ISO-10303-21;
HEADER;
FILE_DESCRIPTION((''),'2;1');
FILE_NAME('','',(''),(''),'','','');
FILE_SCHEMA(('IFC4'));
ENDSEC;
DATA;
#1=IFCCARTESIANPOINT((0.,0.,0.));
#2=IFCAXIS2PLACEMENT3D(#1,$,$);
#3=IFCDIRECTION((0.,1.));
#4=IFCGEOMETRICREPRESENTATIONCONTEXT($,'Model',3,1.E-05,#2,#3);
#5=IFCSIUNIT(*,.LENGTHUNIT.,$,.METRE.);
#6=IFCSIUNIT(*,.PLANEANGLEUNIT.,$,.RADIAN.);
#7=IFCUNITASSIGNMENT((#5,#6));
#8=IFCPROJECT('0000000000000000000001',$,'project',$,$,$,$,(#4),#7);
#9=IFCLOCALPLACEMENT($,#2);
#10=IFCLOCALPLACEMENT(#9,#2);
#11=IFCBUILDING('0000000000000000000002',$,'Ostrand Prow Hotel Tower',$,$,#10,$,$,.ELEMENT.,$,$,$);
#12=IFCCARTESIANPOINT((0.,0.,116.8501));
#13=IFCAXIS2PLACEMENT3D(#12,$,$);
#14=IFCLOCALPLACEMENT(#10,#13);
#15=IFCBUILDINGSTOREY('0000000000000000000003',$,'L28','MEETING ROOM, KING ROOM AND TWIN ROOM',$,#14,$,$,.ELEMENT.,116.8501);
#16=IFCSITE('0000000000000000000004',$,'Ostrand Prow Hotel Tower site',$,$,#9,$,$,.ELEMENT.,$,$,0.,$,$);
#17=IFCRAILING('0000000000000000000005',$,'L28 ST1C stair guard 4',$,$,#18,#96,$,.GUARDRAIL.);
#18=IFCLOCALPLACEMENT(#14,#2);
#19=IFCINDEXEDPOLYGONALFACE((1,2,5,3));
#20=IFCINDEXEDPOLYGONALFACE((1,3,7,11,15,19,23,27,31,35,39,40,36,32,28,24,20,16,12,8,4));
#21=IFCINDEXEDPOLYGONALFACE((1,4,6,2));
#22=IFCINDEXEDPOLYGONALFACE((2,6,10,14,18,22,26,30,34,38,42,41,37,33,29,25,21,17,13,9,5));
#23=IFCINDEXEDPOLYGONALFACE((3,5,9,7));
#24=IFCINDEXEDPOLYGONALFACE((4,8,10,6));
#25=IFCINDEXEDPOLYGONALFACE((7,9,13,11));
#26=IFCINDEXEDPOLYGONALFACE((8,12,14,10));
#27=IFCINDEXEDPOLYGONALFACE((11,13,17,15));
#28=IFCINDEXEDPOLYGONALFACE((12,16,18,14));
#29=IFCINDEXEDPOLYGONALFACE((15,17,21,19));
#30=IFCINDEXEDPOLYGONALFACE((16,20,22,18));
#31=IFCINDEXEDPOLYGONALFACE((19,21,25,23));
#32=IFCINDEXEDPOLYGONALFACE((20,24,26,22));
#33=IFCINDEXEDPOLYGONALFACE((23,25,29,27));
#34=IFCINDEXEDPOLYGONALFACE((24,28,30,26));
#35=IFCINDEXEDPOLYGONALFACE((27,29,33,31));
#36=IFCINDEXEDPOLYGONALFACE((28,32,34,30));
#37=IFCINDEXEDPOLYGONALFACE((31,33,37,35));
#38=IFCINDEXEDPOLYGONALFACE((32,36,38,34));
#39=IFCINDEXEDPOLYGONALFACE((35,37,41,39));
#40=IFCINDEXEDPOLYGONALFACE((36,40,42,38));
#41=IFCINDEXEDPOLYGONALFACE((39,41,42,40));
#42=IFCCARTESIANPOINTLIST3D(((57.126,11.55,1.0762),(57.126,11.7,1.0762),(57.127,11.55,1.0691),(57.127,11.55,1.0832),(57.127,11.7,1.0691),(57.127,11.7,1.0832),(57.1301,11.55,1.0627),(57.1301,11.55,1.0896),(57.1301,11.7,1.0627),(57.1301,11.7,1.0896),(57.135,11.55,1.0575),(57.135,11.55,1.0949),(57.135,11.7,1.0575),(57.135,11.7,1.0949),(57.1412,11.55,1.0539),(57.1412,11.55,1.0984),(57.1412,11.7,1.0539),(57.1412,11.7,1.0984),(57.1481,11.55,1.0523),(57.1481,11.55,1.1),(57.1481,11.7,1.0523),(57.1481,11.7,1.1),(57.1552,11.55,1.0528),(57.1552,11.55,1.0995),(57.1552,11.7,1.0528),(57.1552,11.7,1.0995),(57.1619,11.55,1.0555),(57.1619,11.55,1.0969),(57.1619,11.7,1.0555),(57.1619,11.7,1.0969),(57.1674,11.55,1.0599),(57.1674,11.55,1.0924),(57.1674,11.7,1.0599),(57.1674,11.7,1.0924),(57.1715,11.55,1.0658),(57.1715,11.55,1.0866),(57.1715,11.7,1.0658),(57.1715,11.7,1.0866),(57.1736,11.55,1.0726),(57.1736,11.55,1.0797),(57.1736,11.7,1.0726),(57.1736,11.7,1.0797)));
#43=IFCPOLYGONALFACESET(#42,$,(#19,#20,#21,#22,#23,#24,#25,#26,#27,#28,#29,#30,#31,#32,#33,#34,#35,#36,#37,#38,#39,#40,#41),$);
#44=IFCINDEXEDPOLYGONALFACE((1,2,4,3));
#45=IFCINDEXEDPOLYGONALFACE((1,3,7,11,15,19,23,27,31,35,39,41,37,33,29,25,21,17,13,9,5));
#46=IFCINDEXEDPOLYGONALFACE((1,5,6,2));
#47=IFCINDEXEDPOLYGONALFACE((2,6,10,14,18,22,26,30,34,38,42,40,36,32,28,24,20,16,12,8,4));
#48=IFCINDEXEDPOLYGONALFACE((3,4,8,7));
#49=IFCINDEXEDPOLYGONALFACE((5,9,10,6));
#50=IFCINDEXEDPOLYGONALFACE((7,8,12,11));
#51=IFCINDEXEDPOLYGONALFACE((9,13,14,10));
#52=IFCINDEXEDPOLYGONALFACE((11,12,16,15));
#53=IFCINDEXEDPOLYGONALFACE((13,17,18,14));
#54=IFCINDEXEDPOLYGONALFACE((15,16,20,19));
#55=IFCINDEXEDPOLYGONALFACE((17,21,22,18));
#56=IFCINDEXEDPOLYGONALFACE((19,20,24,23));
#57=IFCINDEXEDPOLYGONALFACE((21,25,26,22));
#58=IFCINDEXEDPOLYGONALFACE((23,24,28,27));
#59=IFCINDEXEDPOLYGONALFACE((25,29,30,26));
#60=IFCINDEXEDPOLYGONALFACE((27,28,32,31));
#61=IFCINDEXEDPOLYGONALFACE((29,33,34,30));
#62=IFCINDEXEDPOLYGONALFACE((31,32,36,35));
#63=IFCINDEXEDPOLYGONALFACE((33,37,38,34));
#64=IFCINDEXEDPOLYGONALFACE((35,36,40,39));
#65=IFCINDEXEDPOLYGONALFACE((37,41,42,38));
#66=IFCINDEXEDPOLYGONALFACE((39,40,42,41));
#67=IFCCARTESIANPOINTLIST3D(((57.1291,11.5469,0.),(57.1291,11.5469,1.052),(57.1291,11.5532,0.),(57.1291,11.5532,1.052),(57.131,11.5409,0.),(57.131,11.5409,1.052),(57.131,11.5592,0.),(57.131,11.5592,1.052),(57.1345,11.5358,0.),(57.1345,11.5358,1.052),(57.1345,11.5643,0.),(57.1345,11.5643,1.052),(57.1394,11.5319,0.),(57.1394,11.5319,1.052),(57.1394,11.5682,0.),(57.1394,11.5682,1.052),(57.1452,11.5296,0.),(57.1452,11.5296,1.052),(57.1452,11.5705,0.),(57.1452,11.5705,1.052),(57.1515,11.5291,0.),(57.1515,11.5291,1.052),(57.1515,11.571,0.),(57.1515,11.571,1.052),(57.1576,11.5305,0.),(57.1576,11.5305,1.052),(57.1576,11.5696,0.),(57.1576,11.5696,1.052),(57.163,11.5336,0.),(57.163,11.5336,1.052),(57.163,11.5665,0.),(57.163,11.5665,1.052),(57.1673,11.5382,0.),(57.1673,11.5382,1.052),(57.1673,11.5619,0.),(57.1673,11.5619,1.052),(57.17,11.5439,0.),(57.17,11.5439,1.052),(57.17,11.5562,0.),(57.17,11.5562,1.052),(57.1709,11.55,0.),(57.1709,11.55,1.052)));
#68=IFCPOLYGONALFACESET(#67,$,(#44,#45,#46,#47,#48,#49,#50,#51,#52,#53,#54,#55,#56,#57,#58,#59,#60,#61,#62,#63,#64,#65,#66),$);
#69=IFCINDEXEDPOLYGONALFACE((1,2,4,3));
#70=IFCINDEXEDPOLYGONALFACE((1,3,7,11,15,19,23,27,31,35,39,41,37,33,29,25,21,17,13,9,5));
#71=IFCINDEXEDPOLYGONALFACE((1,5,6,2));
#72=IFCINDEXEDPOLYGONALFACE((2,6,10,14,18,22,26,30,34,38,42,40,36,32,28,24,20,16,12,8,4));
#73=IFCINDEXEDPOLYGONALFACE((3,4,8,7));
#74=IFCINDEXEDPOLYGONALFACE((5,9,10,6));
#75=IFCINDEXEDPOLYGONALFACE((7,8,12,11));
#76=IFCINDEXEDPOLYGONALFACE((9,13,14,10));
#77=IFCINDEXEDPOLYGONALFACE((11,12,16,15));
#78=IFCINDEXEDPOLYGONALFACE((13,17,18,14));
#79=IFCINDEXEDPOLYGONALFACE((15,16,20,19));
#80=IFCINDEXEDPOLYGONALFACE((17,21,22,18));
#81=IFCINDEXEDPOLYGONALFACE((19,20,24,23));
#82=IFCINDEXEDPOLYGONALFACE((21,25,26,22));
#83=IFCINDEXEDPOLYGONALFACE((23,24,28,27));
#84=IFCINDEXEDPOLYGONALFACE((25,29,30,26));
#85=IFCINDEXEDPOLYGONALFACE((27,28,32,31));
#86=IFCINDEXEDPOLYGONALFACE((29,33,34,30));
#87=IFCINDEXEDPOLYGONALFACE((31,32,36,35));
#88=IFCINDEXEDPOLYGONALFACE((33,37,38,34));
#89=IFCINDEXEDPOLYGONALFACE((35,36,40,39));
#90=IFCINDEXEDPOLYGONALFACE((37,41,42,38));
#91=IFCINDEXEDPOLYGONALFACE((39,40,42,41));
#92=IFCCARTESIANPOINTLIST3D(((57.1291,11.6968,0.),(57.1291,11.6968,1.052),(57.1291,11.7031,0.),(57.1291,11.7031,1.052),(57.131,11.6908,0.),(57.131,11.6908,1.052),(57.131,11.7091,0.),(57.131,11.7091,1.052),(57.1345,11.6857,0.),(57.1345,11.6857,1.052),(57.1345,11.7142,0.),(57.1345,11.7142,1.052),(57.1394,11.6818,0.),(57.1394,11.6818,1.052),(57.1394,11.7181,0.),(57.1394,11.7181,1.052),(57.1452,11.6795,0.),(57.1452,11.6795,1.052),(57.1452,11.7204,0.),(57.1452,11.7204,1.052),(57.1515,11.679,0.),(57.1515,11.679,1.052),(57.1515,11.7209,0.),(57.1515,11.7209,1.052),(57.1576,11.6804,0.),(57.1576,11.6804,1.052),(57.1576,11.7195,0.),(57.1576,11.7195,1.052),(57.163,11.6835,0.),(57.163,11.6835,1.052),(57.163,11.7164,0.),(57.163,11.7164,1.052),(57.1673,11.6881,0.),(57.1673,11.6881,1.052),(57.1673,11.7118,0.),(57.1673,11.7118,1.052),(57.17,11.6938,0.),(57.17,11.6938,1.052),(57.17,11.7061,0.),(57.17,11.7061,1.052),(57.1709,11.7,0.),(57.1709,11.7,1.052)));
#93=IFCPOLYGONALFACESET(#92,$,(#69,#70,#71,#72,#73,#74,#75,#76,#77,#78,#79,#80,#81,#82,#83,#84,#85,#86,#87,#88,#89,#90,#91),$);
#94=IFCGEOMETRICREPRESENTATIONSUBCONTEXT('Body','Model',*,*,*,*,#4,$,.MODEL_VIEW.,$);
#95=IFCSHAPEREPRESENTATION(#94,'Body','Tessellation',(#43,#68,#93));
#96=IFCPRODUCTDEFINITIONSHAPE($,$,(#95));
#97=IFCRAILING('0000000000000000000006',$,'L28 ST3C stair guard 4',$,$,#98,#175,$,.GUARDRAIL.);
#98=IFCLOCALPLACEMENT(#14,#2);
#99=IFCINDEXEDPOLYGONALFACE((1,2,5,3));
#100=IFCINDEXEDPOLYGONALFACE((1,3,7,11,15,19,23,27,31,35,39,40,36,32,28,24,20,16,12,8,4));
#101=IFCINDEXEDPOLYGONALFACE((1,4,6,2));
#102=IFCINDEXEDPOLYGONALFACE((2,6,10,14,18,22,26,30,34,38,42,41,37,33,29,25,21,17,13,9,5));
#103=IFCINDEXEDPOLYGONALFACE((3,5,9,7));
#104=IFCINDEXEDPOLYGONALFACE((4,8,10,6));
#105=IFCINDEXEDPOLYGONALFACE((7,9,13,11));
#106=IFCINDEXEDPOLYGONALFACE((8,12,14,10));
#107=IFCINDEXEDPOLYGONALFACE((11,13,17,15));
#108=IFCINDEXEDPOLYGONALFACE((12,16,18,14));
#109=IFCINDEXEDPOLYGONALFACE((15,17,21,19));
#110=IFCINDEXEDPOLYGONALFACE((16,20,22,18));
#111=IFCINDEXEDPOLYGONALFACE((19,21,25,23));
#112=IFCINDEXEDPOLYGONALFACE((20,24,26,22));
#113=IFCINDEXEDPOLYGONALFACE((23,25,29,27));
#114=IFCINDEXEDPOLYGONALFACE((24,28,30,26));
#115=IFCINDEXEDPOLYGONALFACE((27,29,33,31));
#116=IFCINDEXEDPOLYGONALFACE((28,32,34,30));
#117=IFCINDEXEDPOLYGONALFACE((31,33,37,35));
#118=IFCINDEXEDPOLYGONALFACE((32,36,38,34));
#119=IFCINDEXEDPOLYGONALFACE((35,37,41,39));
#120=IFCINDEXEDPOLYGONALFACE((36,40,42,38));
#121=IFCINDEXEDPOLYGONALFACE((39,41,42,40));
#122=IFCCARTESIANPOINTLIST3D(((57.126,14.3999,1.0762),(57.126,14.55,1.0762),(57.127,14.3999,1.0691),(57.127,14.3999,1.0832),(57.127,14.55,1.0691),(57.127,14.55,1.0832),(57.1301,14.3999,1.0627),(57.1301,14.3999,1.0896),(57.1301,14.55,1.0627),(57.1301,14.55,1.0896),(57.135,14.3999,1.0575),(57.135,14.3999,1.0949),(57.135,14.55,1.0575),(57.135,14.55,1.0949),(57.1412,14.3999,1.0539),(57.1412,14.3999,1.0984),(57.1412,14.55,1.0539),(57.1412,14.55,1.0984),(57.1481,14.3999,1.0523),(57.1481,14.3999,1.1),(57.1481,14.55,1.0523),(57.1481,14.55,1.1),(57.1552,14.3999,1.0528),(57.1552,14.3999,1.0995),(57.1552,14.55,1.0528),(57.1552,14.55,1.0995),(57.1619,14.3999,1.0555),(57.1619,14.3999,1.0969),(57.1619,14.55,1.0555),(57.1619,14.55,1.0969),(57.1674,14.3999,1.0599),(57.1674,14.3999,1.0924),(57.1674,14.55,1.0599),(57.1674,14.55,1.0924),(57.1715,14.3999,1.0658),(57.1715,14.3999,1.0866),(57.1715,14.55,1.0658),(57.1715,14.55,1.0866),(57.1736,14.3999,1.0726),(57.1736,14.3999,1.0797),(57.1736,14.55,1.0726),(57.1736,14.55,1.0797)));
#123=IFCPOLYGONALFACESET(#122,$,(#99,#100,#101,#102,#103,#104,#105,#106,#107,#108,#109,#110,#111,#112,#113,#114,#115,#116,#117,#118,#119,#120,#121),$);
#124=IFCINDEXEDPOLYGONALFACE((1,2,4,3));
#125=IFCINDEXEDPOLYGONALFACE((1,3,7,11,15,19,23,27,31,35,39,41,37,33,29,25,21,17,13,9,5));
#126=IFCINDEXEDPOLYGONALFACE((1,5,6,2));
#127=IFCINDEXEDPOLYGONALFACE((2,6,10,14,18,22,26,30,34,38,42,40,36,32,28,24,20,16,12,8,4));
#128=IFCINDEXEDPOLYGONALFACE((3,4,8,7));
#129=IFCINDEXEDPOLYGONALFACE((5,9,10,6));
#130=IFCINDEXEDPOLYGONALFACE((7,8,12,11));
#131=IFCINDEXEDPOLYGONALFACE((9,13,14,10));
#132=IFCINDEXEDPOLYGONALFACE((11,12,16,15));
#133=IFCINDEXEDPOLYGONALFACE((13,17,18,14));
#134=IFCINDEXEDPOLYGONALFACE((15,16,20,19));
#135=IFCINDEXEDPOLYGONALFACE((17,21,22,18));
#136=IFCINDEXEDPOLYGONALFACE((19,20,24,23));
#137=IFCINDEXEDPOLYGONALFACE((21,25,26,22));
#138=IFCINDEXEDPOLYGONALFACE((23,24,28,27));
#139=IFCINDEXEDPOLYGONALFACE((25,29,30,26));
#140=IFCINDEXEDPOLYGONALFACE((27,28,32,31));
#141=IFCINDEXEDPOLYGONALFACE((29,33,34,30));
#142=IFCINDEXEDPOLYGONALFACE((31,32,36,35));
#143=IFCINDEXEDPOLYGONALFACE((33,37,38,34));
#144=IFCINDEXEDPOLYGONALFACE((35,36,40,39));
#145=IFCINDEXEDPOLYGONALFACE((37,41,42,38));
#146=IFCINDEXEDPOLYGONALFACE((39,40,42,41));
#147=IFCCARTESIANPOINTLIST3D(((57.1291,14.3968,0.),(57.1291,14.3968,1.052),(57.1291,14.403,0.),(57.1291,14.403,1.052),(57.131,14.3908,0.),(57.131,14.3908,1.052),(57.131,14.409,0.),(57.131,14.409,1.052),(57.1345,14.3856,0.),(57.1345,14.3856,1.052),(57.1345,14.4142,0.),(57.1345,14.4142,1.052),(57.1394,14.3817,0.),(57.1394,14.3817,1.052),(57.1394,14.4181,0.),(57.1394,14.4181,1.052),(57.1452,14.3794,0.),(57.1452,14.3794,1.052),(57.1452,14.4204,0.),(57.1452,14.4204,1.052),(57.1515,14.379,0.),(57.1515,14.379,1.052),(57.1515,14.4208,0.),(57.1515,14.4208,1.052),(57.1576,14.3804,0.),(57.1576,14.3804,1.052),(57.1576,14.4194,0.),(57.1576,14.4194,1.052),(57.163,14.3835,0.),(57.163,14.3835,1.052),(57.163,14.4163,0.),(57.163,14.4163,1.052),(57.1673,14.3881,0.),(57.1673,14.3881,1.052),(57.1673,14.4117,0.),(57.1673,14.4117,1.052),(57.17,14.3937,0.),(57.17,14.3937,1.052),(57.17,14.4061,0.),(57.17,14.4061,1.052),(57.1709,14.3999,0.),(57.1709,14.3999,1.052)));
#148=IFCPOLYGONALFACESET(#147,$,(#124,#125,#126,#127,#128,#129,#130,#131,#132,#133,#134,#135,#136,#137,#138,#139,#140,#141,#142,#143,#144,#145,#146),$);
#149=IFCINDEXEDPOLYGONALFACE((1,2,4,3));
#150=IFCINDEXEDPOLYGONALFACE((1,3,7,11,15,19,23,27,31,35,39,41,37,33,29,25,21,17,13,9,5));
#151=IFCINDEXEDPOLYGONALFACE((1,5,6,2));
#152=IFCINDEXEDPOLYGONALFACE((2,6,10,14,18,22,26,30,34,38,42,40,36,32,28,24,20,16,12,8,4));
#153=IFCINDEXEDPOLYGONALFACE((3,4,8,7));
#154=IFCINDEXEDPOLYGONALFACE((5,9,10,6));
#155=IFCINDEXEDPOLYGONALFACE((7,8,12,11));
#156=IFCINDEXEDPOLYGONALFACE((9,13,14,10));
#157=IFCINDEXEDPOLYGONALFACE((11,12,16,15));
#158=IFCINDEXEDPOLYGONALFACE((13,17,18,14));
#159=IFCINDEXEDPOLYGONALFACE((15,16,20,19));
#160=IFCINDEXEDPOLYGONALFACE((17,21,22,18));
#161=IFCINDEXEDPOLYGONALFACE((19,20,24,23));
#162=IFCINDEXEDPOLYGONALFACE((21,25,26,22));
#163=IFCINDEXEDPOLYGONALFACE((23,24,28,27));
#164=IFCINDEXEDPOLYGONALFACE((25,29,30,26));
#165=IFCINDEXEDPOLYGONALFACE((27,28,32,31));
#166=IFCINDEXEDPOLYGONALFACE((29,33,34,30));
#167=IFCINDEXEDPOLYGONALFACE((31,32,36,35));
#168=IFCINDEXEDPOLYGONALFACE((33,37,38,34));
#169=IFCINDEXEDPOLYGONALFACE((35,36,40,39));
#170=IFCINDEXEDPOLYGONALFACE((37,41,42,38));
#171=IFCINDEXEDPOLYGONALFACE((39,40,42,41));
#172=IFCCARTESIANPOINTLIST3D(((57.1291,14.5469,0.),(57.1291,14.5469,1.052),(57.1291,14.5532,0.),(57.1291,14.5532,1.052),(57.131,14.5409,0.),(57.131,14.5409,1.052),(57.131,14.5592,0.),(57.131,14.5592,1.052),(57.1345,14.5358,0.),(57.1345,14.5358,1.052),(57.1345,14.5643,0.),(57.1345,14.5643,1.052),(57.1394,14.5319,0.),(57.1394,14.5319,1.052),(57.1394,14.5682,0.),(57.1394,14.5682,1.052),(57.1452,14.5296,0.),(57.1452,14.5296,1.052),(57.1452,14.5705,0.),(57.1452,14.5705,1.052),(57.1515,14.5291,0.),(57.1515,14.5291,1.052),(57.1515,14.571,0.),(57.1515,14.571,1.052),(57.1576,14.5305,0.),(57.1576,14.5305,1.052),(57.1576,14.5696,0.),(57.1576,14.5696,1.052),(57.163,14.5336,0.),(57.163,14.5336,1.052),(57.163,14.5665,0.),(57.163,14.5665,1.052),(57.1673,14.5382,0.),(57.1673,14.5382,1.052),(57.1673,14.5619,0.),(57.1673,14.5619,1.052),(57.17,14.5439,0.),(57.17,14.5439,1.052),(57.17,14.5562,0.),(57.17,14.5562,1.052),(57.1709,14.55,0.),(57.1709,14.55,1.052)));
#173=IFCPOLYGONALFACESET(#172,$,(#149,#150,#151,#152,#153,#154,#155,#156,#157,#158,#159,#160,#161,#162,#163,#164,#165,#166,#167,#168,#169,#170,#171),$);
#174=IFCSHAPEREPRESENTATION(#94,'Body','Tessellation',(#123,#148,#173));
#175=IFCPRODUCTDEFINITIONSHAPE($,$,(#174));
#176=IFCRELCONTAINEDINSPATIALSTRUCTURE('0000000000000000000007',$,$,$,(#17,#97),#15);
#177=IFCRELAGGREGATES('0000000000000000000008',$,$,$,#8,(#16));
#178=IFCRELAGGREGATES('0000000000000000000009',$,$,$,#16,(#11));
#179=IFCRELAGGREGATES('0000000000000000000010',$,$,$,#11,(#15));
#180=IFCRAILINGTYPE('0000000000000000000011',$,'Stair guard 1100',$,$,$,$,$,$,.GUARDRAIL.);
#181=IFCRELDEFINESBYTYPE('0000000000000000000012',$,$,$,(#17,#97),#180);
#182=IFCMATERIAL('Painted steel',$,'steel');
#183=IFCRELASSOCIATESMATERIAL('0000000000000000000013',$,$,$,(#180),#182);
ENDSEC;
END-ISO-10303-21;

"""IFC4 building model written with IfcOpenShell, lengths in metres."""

from ifc_helpers import new_model, si_unit, direction, frame, origin, origin_2d, place, context, subcontext, project, spatial, circle, extrude, material, type_object, element, save


model = new_model("IFC4")

# Units and contexts
model_context = context("Model", 3, precision=1e-05, world=origin(), true_north=direction((0.0, 1.0)))
body_context = subcontext(model_context, "Body", "Model", "MODEL_VIEW")
ifc_project = project(units=[si_unit("LENGTHUNIT", "METRE"), si_unit("PLANEANGLEUNIT", "RADIAN")], contexts=[model_context])

# Site, building, storey
site_placement = place(None, origin())
site = spatial("IfcSite", under=ifc_project, at=site_placement, Name="Ostrand Prow Hotel Tower site", CompositionType="ELEMENT", RefElevation=0.0)
building_placement = place(site_placement, origin())
building = spatial("IfcBuilding", under=site, at=building_placement, Name="Ostrand Prow Hotel Tower", CompositionType="ELEMENT")
storey_placement = place(building_placement, frame((0.0, 0.0, 116.8501)))
storey = spatial("IfcBuildingStorey", under=building, at=storey_placement, Name="L28", Description="MEETING ROOM, KING ROOM AND TWIN ROOM", CompositionType="ELEMENT", Elevation=116.8501)

# Railings
ifc_material_1 = material(Name="Painted steel", Category="steel")
railing_type = type_object("IfcRailingType", Name="Stair guard 1100", PredefinedType="GUARDRAIL", material=ifc_material_1)
railing_1_placement = place(storey_placement, frame((57.1499, 11.55, 0.0)))
element("IfcRailing", 1, at=railing_1_placement, inside=storey, type_object=railing_type, Name="L28 ST1C stair guard 4", PredefinedType="GUARDRAIL", context=body_context, shape_type="SweptSolid", body=[
    extrude(circle(Radius=0.0239, at=origin_2d()), frame((0.0, 0.0, 1.0762), z_axis=(0.0, 1.0, 0.0), x_axis=(-1.0, 0.0, 0.0)), (0.0, 0.0, 1.0), 0.1499),
    extrude(circle(Radius=0.021, at=origin_2d()), origin(), (0.0, 0.0, 1.0), 1.052),
    extrude(circle(Radius=0.021, at=origin_2d()), frame((0.0, 0.1499, 0.0)), (0.0, 0.0, 1.0), 1.052),
])
railing_2_placement = place(storey_placement, frame((57.1499, 14.3999, 0.0)))
element("IfcRailing", 2, at=railing_2_placement, inside=storey, type_object=railing_type, Name="L28 ST3C stair guard 4", PredefinedType="GUARDRAIL", context=body_context, shape_type="SweptSolid", body=[
    extrude(circle(Radius=0.0239, at=origin_2d()), frame((0.0, 0.0, 1.0762), z_axis=(0.0, 1.0, 0.0), x_axis=(-1.0, 0.0, 0.0)), (0.0, 0.0, 1.0), 0.1501),
    extrude(circle(Radius=0.021, at=origin_2d()), origin(), (0.0, 0.0, 1.0), 1.052),
    extrude(circle(Radius=0.021, at=origin_2d()), frame((0.0, 0.1501, 0.0)), (0.0, 0.0, 1.0), 1.052),
])

save(model, "model.ifc")
